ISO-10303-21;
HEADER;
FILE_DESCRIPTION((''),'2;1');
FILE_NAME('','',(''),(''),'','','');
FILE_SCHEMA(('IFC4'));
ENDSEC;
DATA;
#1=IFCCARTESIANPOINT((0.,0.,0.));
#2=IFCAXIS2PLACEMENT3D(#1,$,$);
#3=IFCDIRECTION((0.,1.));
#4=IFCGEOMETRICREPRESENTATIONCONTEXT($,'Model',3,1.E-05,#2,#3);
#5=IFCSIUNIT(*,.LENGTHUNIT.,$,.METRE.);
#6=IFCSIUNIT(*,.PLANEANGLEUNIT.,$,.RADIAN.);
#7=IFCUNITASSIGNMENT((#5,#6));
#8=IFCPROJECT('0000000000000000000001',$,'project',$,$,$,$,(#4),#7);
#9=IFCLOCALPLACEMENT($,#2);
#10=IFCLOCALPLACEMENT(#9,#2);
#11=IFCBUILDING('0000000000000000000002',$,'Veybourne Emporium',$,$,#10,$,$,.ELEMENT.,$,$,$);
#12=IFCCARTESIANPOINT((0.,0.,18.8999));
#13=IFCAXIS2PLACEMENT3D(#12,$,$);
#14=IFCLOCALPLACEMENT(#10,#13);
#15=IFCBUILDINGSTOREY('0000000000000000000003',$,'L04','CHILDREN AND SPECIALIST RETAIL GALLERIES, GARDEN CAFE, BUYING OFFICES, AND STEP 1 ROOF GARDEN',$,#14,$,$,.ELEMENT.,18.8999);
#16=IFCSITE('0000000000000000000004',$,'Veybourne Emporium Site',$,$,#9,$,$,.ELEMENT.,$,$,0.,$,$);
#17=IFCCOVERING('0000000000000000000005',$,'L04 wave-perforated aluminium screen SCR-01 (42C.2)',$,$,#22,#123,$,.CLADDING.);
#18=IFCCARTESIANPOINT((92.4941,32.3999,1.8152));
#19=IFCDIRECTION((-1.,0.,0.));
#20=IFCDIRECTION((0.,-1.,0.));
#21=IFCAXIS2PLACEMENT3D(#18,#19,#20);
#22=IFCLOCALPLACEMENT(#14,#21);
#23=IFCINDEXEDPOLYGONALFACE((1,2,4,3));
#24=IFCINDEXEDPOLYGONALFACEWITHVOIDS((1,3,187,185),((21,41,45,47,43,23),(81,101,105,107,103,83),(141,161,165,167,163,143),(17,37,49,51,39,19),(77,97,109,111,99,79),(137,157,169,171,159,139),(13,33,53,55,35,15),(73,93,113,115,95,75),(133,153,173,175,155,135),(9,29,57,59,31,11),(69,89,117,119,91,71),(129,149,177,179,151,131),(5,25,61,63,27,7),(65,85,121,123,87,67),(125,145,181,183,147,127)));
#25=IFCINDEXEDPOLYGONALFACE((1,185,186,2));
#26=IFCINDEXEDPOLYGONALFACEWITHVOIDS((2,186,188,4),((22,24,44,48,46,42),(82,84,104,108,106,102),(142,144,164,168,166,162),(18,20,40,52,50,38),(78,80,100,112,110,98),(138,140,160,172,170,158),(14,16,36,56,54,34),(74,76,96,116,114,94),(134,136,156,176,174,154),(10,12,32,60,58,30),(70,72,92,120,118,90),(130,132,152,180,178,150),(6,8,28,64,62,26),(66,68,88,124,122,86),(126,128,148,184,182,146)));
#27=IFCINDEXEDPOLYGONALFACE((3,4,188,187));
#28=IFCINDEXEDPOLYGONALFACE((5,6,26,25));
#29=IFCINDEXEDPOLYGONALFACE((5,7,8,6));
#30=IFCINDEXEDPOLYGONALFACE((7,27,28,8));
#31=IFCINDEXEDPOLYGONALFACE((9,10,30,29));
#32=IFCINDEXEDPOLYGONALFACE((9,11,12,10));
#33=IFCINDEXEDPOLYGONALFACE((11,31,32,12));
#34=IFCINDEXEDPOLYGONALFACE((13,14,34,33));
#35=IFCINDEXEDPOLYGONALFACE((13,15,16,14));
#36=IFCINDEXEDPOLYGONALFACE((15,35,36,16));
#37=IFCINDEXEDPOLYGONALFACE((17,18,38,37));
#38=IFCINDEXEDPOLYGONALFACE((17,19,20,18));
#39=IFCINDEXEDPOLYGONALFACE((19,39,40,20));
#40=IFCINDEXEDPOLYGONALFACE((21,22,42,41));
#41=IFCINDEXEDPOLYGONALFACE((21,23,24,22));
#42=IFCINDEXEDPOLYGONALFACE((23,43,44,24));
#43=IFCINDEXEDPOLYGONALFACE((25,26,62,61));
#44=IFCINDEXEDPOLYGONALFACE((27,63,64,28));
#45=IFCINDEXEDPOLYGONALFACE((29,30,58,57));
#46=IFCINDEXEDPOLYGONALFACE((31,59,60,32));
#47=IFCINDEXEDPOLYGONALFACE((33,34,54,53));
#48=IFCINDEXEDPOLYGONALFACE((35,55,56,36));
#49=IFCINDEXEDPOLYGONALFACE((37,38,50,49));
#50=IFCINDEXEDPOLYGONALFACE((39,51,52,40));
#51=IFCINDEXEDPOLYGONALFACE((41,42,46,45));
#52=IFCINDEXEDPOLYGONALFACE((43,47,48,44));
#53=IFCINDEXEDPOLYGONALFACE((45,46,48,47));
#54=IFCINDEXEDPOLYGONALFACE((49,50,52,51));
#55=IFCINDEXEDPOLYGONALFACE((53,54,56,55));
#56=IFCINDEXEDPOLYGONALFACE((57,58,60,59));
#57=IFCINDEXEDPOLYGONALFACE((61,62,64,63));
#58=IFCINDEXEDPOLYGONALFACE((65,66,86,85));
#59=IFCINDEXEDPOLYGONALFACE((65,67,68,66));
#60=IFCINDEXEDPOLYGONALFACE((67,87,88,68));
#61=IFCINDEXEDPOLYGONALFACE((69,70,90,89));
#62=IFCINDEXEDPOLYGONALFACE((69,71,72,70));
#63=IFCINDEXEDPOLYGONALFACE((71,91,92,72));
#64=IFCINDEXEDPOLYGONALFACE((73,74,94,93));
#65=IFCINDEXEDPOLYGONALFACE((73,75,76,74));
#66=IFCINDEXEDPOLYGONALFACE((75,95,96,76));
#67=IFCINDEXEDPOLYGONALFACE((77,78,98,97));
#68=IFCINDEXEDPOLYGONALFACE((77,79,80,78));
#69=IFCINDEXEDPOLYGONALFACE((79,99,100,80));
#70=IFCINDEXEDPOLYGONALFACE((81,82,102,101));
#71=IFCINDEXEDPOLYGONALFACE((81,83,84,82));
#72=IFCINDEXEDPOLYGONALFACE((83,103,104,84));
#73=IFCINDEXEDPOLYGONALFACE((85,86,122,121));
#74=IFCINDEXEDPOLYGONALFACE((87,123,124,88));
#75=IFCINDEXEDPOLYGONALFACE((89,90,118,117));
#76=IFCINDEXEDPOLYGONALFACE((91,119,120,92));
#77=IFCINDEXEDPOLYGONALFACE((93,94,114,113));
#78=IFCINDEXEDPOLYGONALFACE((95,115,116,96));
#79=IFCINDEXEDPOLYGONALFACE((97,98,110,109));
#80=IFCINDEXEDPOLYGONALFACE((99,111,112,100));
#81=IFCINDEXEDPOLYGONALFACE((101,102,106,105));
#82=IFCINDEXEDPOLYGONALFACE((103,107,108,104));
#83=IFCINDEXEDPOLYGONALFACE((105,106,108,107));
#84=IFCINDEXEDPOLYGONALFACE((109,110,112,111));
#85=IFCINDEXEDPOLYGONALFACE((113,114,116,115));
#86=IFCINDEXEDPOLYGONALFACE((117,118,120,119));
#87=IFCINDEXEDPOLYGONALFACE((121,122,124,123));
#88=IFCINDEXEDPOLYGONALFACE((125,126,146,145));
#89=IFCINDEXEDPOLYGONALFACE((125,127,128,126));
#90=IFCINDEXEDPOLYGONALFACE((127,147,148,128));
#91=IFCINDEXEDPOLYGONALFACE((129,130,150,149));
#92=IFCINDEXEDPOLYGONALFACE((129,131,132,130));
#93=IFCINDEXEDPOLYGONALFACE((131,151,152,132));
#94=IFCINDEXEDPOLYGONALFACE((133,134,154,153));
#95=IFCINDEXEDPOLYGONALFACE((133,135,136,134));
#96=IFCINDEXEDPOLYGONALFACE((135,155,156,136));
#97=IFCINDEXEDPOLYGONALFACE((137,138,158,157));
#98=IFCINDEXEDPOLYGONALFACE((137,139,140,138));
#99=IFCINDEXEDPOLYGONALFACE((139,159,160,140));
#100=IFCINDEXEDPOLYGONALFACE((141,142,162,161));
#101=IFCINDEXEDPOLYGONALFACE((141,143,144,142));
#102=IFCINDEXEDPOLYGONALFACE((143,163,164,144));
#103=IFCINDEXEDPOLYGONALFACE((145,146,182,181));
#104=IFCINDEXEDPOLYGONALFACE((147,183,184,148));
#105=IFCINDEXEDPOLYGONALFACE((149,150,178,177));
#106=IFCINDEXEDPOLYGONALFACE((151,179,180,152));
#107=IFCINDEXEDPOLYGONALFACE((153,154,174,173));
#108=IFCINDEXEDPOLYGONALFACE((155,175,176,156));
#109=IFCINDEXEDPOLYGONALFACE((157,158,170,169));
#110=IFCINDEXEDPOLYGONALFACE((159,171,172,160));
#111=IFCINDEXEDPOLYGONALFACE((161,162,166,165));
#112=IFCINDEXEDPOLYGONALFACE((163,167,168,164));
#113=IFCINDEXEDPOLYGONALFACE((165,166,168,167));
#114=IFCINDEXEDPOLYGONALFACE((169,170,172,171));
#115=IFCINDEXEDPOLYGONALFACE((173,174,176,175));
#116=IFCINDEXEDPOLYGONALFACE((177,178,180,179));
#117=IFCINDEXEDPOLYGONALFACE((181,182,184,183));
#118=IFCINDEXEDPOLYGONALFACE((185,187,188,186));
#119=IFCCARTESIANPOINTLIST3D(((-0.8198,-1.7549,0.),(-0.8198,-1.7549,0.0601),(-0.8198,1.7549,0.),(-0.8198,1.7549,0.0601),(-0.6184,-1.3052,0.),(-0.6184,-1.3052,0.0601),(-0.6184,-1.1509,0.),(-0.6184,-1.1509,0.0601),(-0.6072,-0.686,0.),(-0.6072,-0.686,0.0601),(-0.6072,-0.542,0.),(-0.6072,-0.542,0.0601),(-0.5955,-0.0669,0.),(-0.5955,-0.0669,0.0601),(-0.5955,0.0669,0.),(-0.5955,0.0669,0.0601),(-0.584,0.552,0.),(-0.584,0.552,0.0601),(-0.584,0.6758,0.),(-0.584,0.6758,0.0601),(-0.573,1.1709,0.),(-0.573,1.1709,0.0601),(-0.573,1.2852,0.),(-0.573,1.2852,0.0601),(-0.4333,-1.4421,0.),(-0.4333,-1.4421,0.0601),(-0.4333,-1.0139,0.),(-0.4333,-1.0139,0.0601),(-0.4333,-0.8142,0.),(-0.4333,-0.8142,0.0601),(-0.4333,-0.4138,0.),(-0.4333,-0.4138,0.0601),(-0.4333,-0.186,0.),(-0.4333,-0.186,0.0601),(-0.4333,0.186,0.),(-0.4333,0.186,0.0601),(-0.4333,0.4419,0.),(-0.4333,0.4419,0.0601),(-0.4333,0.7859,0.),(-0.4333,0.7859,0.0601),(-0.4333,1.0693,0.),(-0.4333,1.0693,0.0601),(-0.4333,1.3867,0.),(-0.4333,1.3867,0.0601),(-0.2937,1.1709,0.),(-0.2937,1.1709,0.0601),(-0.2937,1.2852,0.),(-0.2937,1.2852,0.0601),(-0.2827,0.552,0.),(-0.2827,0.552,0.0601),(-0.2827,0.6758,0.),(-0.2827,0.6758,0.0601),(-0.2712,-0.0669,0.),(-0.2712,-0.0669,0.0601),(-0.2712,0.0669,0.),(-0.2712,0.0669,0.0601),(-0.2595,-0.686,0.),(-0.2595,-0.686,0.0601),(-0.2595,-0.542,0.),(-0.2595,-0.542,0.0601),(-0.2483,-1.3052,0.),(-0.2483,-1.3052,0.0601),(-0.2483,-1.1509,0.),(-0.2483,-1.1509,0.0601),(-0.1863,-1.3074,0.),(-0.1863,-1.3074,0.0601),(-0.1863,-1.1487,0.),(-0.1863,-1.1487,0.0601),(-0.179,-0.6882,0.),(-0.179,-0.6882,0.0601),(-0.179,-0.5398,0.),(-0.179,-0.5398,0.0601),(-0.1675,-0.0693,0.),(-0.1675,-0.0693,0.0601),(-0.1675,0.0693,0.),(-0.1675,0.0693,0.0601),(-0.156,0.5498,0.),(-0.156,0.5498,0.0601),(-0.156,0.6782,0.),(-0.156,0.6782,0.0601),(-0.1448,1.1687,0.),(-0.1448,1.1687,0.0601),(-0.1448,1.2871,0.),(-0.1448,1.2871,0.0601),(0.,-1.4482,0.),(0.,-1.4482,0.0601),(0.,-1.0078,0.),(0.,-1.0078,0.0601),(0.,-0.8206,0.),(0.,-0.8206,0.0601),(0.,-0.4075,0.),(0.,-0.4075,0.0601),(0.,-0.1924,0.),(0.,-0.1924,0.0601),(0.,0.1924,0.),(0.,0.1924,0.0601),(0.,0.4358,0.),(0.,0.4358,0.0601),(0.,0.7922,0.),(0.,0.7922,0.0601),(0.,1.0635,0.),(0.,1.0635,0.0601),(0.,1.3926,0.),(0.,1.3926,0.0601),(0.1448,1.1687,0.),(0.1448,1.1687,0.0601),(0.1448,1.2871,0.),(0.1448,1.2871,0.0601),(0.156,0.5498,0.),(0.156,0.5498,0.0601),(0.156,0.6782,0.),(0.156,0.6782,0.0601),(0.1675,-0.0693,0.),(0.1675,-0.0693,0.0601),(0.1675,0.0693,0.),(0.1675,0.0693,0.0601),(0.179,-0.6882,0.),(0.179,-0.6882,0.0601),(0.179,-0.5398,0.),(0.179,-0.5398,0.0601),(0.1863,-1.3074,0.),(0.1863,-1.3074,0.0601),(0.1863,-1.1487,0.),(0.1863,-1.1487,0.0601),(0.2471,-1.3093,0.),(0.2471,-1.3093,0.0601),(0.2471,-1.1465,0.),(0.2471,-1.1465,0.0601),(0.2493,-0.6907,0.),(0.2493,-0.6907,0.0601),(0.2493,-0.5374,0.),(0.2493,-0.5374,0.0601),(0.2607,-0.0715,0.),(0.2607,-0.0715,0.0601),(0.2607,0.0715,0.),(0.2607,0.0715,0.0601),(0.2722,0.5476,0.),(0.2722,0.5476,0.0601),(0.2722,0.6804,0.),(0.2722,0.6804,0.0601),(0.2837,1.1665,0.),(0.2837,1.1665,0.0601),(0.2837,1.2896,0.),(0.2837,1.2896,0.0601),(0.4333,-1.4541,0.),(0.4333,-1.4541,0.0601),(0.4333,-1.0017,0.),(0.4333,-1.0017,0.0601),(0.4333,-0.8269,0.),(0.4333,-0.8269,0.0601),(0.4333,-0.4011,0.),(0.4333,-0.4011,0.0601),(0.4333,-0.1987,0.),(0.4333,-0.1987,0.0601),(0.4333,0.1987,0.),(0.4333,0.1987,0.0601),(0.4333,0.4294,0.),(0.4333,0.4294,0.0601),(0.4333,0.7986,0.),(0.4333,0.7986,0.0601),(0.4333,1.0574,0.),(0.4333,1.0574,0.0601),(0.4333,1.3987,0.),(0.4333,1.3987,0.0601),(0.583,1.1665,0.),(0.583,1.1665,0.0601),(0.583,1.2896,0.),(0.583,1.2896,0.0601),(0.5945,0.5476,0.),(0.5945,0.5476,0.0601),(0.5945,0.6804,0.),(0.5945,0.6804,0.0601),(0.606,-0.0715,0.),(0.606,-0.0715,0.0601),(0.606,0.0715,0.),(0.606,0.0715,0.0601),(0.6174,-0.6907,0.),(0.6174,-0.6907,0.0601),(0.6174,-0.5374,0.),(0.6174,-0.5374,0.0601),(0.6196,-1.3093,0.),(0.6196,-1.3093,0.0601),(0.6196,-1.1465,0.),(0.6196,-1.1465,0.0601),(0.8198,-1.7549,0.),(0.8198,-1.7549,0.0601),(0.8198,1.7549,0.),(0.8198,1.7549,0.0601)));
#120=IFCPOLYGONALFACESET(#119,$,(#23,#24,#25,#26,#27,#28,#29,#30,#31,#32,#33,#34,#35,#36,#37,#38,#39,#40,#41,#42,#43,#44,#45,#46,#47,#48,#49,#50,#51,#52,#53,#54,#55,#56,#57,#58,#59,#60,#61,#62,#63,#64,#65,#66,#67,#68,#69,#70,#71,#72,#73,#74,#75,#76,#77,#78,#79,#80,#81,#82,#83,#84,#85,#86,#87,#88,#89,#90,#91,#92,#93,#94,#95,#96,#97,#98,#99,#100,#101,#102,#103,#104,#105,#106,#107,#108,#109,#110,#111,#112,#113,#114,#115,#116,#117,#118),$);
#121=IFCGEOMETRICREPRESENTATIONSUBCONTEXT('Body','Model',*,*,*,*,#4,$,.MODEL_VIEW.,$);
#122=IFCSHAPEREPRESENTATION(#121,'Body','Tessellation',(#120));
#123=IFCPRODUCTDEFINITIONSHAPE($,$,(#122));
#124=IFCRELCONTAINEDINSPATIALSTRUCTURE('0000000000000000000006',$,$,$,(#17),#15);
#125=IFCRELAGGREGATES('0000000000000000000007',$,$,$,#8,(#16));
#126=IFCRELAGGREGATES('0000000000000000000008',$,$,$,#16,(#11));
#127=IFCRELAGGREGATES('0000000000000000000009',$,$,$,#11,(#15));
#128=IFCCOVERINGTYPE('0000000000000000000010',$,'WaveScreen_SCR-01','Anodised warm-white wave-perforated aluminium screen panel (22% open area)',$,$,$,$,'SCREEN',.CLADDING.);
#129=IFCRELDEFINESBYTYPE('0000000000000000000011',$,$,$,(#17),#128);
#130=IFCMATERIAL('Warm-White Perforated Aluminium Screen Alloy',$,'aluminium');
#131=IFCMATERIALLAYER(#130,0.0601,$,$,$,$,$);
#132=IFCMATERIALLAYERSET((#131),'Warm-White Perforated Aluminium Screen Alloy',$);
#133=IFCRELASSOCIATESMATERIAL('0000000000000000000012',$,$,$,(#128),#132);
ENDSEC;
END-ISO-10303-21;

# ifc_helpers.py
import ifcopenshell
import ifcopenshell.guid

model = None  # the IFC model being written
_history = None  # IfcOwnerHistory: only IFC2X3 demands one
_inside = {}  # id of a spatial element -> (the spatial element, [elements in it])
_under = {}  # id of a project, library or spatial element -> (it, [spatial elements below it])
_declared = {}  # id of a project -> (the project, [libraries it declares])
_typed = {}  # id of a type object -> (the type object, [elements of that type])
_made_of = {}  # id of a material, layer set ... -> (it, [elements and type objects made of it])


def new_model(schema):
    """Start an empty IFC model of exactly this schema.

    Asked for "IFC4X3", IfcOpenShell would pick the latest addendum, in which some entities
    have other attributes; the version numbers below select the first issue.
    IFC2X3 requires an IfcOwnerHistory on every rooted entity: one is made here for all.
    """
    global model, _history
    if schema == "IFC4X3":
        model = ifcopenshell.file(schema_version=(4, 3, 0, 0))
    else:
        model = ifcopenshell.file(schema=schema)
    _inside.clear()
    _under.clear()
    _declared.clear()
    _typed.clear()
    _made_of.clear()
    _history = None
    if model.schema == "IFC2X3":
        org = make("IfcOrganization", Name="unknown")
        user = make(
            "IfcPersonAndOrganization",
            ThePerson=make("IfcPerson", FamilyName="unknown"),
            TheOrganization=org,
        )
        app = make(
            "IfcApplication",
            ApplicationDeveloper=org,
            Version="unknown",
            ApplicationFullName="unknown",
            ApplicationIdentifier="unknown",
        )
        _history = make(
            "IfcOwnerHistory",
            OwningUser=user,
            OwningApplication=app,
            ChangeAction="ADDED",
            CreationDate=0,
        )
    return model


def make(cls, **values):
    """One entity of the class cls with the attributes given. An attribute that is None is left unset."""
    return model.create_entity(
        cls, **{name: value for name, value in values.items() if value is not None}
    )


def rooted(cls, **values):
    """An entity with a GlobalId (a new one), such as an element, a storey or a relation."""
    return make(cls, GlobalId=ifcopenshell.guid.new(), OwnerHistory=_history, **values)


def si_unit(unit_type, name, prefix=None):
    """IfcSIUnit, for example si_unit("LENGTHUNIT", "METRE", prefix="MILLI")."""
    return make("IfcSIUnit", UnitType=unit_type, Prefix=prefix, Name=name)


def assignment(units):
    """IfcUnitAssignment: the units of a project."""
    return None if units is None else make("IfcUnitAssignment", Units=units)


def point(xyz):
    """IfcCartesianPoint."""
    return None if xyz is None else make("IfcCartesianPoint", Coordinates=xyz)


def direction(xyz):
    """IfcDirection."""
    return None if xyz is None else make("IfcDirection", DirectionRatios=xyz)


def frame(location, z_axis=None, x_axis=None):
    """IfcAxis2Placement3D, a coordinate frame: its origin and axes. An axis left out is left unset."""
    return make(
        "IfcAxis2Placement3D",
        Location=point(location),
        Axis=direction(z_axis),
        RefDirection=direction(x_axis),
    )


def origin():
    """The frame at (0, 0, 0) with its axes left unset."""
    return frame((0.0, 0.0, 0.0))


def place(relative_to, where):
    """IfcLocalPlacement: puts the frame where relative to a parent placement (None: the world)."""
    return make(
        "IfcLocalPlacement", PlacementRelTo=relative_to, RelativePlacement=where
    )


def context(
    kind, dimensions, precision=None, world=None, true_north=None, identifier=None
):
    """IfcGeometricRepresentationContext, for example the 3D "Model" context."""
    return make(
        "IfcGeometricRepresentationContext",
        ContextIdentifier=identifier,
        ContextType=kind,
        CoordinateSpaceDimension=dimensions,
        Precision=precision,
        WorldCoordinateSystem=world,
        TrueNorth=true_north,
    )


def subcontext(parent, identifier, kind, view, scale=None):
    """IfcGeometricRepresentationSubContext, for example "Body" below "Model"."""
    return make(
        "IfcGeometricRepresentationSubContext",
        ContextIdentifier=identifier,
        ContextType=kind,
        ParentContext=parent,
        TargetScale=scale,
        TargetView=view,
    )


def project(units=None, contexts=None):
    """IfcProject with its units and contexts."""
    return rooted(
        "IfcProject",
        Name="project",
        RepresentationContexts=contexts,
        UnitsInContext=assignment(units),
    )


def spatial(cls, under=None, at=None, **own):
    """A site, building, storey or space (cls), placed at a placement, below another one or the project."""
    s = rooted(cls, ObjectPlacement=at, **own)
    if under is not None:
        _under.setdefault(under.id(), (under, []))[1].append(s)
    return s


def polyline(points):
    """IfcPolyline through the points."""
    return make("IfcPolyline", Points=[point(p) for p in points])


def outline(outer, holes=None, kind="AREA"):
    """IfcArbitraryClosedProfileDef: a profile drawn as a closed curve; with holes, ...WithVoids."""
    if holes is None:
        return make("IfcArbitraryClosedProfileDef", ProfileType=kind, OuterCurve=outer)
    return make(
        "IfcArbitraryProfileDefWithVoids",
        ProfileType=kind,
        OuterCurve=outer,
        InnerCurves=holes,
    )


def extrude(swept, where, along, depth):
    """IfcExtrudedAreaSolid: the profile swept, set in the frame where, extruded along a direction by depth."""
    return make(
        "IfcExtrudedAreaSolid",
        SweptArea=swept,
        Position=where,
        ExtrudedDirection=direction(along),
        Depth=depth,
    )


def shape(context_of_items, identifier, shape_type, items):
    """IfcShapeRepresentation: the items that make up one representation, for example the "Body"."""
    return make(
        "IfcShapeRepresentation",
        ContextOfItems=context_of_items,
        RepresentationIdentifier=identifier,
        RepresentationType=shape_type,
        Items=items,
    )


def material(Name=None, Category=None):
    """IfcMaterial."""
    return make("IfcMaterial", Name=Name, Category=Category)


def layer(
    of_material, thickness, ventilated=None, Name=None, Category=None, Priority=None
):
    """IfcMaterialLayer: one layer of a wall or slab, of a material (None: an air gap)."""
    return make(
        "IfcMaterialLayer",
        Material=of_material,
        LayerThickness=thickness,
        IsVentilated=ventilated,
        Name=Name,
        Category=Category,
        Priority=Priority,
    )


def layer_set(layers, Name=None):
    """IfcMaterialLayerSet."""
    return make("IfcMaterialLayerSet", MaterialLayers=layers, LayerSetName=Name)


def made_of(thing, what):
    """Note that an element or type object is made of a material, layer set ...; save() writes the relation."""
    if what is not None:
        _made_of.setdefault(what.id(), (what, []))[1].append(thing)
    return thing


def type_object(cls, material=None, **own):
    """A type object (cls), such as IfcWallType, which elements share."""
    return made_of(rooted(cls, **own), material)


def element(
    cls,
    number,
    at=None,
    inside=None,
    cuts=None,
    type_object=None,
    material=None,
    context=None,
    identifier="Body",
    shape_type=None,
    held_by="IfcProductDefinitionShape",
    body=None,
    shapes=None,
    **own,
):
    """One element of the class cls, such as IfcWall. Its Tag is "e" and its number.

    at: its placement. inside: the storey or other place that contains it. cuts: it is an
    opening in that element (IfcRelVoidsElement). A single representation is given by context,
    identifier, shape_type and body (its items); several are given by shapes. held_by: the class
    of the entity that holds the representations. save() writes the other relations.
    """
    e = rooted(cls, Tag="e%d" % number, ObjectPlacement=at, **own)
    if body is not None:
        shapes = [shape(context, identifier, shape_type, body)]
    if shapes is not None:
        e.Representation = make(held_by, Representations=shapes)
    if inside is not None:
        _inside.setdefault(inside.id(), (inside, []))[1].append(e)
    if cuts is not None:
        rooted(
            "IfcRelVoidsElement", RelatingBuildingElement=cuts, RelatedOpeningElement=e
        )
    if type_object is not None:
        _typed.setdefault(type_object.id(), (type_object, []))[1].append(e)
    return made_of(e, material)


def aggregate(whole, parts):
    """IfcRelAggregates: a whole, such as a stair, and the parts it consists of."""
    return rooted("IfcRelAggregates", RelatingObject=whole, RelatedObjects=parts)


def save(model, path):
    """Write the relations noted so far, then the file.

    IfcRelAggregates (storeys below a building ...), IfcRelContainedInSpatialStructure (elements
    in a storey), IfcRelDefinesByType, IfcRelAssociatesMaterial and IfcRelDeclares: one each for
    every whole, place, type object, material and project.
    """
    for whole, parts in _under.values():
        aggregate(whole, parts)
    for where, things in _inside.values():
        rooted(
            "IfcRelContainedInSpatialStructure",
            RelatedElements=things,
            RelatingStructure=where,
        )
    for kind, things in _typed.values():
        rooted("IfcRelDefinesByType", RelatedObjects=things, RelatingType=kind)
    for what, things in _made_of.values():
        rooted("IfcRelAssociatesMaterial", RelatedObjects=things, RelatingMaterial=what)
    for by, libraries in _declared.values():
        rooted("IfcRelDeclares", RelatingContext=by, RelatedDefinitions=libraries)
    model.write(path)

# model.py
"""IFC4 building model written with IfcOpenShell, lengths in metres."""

from ifc_helpers import new_model, si_unit, direction, frame, origin, place, context, subcontext, project, spatial, polyline, outline, extrude, material, layer, layer_set, type_object, element, save


model = new_model("IFC4")

# Units and contexts
model_context = context("Model", 3, precision=1e-05, world=origin(), true_north=direction((0.0, 1.0)))
body_context = subcontext(model_context, "Body", "Model", "MODEL_VIEW")
ifc_project = project(units=[si_unit("LENGTHUNIT", "METRE"), si_unit("PLANEANGLEUNIT", "RADIAN")], contexts=[model_context])

# Site, building, storey
site_placement = place(None, origin())
site = spatial("IfcSite", under=ifc_project, at=site_placement, Name="Veybourne Emporium Site", CompositionType="ELEMENT", RefElevation=0.0)
building_placement = place(site_placement, origin())
building = spatial("IfcBuilding", under=site, at=building_placement, Name="Veybourne Emporium", CompositionType="ELEMENT")
storey_placement = place(building_placement, frame((0.0, 0.0, 18.8999)))
storey = spatial("IfcBuildingStorey", under=building, at=storey_placement, Name="L04", Description="CHILDREN AND SPECIALIST RETAIL GALLERIES, GARDEN CAFE, BUYING OFFICES, AND STEP 1 ROOF GARDEN", CompositionType="ELEMENT", Elevation=18.8999)

# Covering
ifc_material_1 = material(Name="Warm-White Perforated Aluminium Screen Alloy", Category="aluminium")
ifc_layer_1 = layer(ifc_material_1, 0.0601)
ifc_layer_set_1 = layer_set([ifc_layer_1], Name="Warm-White Perforated Aluminium Screen Alloy")
covering_type_1 = type_object("IfcCoveringType", Name="WaveScreen_SCR-01", Description="Anodised warm-white wave-perforated aluminium screen panel (22% open area)", ElementType="SCREEN", PredefinedType="CLADDING", material=ifc_layer_set_1)
covering_1_placement = place(storey_placement, frame((92.4941, 32.3999, 1.8152), z_axis=(-1.0, 0.0, 0.0), x_axis=(0.0, -1.0, 0.0)))
element("IfcCovering", 1, at=covering_1_placement, inside=storey, type_object=covering_type_1, Name="L04 wave-perforated aluminium screen SCR-01 (42C.2)", PredefinedType="CLADDING", context=body_context, shape_type="SweptSolid", body=[
    extrude(outline(polyline([(-0.8198, -1.7549), (0.8198, -1.7549), (0.8198, 1.7549), (-0.8198, 1.7549), (-0.8198, -1.7549)]), holes=[polyline([(-0.4333, -1.0139), (-0.2483, -1.1509), (-0.2483, -1.3052), (-0.4333, -1.4421), (-0.6184, -1.3052), (-0.6184, -1.1509), (-0.4333, -1.0139)]), polyline([(-0.4333, -0.4138), (-0.2595, -0.542), (-0.2595, -0.686), (-0.4333, -0.8142), (-0.6072, -0.686), (-0.6072, -0.542), (-0.4333, -0.4138)]), polyline([(-0.4333, 0.186), (-0.2712, 0.0669), (-0.2712, -0.0669), (-0.4333, -0.186), (-0.5955, -0.0669), (-0.5955, 0.0669), (-0.4333, 0.186)]), polyline([(-0.4333, 0.7859), (-0.2827, 0.6758), (-0.2827, 0.552), (-0.4333, 0.4419), (-0.584, 0.552), (-0.584, 0.6758), (-0.4333, 0.7859)]), polyline([(-0.4333, 1.3867), (-0.2937, 1.2852), (-0.2937, 1.1709), (-0.4333, 1.0693), (-0.573, 1.1709), (-0.573, 1.2852), (-0.4333, 1.3867)]), polyline([(0.0, -1.0078), (0.1863, -1.1487), (0.1863, -1.3074), (0.0, -1.4482), (-0.1863, -1.3074), (-0.1863, -1.1487), (0.0, -1.0078)]), polyline([(0.0, -0.4075), (0.179, -0.5398), (0.179, -0.6882), (0.0, -0.8206), (-0.179, -0.6882), (-0.179, -0.5398), (0.0, -0.4075)]), polyline([(0.0, 0.1924), (0.1675, 0.0693), (0.1675, -0.0693), (0.0, -0.1924), (-0.1675, -0.0693), (-0.1675, 0.0693), (0.0, 0.1924)]), polyline([(0.0, 0.7922), (0.156, 0.6782), (0.156, 0.5498), (0.0, 0.4358), (-0.156, 0.5498), (-0.156, 0.6782), (0.0, 0.7922)]), polyline([(0.0, 1.3926), (0.1448, 1.2871), (0.1448, 1.1687), (0.0, 1.0635), (-0.1448, 1.1687), (-0.1448, 1.2871), (0.0, 1.3926)]), polyline([(0.4333, -1.0017), (0.6196, -1.1465), (0.6196, -1.3093), (0.4333, -1.4541), (0.2471, -1.3093), (0.2471, -1.1465), (0.4333, -1.0017)]), polyline([(0.4333, -0.4011), (0.6174, -0.5374), (0.6174, -0.6907), (0.4333, -0.8269), (0.2493, -0.6907), (0.2493, -0.5374), (0.4333, -0.4011)]), polyline([(0.4333, 0.1987), (0.606, 0.0715), (0.606, -0.0715), (0.4333, -0.1987), (0.2607, -0.0715), (0.2607, 0.0715), (0.4333, 0.1987)]), polyline([(0.4333, 0.7986), (0.5945, 0.6804), (0.5945, 0.5476), (0.4333, 0.4294), (0.2722, 0.5476), (0.2722, 0.6804), (0.4333, 0.7986)]), polyline([(0.4333, 1.3987), (0.583, 1.2896), (0.583, 1.1665), (0.4333, 1.0574), (0.2837, 1.1665), (0.2837, 1.2896), (0.4333, 1.3987)])]), origin(), (0.0, 0.0, 1.0), 0.0601),
])

save(model, "model.ifc")
